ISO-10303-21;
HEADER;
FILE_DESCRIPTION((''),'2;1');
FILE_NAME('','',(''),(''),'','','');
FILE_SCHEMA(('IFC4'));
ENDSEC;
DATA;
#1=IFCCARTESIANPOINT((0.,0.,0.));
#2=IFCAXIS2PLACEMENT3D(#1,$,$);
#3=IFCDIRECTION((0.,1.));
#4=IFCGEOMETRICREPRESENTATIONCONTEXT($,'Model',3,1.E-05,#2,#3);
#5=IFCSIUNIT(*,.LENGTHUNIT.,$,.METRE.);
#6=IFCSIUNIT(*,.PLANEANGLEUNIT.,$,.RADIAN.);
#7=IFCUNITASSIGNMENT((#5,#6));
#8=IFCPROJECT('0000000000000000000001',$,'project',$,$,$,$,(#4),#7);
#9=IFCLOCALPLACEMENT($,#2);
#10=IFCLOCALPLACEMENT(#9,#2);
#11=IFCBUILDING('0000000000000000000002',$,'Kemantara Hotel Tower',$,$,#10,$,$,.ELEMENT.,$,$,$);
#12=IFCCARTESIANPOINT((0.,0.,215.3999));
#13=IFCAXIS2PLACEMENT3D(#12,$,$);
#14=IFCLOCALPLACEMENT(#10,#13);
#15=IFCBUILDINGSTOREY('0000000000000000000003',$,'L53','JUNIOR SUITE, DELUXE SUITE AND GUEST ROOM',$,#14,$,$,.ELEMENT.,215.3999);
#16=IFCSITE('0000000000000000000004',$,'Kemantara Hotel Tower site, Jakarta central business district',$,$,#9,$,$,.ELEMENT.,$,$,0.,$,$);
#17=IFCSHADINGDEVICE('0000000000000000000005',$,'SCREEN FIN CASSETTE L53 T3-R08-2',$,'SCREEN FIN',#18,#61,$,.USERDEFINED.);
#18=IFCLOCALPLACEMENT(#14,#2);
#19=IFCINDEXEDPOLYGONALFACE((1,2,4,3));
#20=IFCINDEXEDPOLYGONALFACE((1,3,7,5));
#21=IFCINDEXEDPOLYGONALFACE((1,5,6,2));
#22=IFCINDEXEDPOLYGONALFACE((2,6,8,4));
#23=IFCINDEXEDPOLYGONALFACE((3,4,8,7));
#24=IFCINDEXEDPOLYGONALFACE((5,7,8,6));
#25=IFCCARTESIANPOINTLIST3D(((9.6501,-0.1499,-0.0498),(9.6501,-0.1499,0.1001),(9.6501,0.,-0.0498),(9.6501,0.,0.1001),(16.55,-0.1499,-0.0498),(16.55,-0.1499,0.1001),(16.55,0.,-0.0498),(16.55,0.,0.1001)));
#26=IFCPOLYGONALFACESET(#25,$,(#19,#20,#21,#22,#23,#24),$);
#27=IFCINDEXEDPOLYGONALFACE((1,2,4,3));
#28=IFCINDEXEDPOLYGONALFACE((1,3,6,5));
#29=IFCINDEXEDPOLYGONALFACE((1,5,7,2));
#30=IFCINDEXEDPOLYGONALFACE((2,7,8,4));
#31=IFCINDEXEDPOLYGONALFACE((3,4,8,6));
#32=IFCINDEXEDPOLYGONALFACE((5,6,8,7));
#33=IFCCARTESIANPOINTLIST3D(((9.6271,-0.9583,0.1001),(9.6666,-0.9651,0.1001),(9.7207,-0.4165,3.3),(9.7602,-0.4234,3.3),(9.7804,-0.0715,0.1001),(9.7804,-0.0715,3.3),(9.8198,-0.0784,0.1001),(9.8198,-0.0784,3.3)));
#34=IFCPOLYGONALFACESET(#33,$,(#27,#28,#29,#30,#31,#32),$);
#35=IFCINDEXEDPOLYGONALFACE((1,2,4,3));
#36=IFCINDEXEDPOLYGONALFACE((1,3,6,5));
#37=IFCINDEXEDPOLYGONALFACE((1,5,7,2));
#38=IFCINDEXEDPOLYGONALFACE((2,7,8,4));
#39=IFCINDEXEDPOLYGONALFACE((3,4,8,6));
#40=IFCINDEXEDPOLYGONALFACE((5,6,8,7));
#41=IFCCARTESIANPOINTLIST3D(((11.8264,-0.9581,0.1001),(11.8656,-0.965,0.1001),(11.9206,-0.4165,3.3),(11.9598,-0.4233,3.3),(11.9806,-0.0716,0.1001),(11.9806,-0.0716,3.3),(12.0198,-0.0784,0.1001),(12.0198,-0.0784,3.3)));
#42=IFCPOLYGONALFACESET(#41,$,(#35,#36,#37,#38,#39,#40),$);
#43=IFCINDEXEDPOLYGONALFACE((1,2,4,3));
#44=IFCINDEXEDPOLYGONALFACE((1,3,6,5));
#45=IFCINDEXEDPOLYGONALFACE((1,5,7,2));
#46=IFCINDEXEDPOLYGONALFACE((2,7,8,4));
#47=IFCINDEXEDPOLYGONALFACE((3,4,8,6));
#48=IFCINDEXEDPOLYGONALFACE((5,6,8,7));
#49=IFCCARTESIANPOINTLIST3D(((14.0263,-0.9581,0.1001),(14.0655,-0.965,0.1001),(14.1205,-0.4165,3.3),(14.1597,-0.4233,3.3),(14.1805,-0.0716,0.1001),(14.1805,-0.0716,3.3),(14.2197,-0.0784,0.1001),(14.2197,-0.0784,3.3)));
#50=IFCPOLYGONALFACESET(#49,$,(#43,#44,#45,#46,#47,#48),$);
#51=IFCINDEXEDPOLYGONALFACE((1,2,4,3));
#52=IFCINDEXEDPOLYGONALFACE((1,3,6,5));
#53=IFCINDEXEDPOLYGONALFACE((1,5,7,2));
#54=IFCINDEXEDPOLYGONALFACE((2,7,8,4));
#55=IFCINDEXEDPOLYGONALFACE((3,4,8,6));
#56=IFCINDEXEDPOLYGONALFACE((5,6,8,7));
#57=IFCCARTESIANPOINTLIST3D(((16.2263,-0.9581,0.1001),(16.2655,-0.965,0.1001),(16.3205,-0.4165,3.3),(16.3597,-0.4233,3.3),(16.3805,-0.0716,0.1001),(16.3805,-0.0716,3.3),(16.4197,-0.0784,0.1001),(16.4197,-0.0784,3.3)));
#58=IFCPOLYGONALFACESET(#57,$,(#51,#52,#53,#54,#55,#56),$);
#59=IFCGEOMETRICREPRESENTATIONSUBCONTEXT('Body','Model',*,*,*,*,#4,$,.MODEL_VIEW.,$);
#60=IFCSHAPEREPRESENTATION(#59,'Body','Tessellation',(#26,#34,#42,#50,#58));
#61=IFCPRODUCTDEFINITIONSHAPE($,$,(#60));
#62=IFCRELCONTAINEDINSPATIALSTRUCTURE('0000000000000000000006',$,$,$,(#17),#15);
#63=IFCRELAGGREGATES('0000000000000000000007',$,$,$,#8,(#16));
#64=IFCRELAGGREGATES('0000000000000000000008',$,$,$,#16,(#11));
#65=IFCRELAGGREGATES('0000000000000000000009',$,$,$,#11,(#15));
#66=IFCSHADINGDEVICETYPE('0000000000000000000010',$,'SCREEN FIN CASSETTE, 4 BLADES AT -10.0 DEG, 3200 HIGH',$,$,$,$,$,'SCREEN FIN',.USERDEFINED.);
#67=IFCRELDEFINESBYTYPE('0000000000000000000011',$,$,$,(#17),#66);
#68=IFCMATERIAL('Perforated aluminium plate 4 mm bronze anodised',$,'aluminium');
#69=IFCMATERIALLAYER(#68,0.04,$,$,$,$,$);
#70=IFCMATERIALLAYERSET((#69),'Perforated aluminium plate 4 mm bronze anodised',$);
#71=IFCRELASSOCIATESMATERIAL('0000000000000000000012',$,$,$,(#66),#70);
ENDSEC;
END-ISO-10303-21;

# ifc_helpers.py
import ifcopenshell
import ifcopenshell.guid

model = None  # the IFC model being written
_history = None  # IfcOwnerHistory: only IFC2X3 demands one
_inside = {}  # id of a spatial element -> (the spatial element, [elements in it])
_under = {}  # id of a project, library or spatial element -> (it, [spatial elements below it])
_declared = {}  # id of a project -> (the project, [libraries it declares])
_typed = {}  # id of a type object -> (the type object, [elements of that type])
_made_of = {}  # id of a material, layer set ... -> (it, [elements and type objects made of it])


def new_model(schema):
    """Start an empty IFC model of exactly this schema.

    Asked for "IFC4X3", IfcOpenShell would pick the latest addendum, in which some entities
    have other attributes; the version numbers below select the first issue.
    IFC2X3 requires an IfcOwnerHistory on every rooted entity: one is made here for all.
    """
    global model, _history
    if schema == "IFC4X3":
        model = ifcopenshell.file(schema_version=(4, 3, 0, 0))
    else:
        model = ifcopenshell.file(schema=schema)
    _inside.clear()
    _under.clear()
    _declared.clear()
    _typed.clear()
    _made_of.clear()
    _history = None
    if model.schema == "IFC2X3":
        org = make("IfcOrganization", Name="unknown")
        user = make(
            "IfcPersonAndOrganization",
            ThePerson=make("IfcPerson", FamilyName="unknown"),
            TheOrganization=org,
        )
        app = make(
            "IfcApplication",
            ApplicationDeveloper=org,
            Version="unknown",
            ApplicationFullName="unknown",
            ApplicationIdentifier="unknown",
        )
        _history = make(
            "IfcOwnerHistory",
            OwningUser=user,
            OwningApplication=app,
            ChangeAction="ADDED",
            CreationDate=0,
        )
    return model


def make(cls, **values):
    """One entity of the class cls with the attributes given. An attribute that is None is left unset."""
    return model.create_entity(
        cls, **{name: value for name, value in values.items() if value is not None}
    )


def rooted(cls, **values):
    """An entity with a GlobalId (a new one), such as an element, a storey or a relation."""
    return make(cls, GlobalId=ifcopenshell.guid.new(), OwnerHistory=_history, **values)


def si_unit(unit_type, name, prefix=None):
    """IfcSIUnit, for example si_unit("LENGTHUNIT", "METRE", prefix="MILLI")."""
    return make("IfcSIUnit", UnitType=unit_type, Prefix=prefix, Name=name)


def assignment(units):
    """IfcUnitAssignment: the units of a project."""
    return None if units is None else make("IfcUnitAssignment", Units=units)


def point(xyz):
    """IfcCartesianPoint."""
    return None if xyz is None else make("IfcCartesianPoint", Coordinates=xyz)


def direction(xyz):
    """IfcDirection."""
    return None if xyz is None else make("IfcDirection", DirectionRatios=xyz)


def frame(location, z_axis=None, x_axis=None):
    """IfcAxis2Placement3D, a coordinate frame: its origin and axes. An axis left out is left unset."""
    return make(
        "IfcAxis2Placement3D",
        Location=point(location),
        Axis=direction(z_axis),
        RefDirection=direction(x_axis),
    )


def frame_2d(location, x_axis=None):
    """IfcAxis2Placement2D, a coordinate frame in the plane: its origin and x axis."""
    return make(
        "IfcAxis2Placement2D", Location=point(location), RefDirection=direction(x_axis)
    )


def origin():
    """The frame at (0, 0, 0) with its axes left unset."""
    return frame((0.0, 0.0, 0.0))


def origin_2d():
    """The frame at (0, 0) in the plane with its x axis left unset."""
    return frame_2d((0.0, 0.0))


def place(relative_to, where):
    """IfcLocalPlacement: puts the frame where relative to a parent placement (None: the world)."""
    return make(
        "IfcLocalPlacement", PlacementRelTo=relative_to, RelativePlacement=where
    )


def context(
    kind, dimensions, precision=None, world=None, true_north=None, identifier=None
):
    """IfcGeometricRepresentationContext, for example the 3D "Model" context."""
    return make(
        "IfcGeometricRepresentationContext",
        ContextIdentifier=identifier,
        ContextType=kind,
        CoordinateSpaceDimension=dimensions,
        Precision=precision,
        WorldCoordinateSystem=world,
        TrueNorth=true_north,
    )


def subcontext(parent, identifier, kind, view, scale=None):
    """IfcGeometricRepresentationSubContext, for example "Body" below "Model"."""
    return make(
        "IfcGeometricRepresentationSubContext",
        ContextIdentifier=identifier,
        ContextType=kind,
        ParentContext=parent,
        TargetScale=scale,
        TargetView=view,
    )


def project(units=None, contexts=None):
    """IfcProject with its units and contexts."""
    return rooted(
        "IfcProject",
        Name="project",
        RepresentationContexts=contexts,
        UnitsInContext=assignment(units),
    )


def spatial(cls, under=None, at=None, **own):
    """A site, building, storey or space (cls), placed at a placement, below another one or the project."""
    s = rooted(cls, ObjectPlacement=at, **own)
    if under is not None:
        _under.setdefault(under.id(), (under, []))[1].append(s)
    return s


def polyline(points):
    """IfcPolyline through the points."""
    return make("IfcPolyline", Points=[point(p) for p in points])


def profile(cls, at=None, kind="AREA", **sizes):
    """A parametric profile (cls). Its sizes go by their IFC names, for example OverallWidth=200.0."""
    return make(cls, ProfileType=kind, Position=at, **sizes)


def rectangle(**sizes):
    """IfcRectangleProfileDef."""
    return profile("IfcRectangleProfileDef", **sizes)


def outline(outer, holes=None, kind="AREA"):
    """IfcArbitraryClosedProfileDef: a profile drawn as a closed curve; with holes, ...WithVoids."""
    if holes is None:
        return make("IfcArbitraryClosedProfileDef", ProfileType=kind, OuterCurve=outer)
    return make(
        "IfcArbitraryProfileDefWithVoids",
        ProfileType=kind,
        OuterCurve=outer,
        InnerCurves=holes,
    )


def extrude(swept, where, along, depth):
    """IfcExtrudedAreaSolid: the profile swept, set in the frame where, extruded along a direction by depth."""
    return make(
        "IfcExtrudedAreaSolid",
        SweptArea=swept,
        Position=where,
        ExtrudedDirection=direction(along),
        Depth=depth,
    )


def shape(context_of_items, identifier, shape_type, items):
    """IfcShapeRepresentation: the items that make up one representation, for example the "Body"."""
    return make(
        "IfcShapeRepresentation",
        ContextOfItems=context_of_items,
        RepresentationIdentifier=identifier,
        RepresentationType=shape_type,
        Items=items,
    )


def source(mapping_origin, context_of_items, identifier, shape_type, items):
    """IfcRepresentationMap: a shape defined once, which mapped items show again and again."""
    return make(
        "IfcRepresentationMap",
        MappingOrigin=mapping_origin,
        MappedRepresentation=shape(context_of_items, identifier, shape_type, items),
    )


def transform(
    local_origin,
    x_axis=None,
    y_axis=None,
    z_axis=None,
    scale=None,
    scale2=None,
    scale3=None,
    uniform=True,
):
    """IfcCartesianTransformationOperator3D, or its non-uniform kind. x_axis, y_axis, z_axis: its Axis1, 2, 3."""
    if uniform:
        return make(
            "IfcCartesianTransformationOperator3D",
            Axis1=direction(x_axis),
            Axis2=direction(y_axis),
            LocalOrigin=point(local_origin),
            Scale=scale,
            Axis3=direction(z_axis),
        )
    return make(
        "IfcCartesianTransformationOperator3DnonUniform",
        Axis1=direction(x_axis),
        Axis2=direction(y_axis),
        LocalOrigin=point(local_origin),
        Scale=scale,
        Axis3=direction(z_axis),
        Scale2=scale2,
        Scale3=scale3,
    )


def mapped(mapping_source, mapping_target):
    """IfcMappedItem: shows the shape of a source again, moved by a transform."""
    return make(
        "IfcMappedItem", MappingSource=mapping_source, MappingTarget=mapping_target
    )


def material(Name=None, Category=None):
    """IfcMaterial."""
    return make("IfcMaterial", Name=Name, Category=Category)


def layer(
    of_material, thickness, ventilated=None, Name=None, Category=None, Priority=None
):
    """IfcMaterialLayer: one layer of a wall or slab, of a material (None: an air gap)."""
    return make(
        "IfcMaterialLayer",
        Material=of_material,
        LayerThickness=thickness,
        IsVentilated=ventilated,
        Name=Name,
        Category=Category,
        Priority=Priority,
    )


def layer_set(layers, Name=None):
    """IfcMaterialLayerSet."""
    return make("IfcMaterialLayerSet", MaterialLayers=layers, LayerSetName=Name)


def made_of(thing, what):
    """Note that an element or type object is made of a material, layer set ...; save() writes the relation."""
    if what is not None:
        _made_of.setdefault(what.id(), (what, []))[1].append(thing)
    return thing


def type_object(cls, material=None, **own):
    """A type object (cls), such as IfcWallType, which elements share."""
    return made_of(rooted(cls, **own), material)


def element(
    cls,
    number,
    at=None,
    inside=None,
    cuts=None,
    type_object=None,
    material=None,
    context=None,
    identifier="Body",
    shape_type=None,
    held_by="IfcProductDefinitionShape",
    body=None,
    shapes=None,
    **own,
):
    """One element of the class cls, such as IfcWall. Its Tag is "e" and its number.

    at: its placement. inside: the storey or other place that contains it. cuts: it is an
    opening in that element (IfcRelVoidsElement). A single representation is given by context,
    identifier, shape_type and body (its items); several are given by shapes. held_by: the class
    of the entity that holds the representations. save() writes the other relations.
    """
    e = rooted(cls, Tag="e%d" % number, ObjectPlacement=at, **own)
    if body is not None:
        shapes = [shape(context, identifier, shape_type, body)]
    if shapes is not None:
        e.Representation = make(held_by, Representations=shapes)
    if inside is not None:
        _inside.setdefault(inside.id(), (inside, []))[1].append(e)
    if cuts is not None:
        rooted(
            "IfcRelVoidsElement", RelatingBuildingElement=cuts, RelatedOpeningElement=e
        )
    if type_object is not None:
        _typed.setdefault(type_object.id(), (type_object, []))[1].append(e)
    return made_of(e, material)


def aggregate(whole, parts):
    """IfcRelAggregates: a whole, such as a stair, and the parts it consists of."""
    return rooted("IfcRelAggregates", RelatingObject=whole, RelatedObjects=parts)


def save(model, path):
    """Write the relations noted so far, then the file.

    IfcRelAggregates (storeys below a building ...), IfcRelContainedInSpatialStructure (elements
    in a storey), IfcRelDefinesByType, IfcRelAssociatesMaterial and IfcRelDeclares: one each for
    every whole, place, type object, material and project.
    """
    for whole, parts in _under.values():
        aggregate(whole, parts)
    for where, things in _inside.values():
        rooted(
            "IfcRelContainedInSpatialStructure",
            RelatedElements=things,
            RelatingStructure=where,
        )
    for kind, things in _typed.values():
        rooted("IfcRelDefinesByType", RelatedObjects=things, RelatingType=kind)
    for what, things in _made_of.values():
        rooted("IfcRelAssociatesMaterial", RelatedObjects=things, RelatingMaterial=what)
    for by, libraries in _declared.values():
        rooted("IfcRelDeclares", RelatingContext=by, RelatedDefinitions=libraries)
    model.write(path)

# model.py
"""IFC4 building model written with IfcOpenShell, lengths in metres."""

from ifc_helpers import new_model, si_unit, direction, frame, origin, origin_2d, place, context, subcontext, project, spatial, polyline, rectangle, outline, extrude, source, transform, mapped, material, layer, layer_set, type_object, element, save


model = new_model("IFC4")

# Units and contexts
model_context = context("Model", 3, precision=1e-05, world=origin(), true_north=direction((0.0, 1.0)))
body_context = subcontext(model_context, "Body", "Model", "MODEL_VIEW")
ifc_project = project(units=[si_unit("LENGTHUNIT", "METRE"), si_unit("PLANEANGLEUNIT", "RADIAN")], contexts=[model_context])

# Site, building, storey
site_placement = place(None, origin())
site = spatial("IfcSite", under=ifc_project, at=site_placement, Name="Kemantara Hotel Tower site, Jakarta central business district", CompositionType="ELEMENT", RefElevation=0.0)
building_placement = place(site_placement, origin())
building = spatial("IfcBuilding", under=site, at=building_placement, Name="Kemantara Hotel Tower", CompositionType="ELEMENT")
storey_placement = place(building_placement, frame((0.0, 0.0, 215.3999)))
storey = spatial("IfcBuildingStorey", under=building, at=storey_placement, Name="L53", Description="JUNIOR SUITE, DELUXE SUITE AND GUEST ROOM", CompositionType="ELEMENT", Elevation=215.3999)

# Shading device
ifc_material_1 = material(Name="Perforated aluminium plate 4 mm bronze anodised", Category="aluminium")
ifc_layer_1 = layer(ifc_material_1, 0.04)
ifc_layer_set_1 = layer_set([ifc_layer_1], Name="Perforated aluminium plate 4 mm bronze anodised")
shading_device_type_1 = type_object("IfcShadingDeviceType", Name="SCREEN FIN CASSETTE, 4 BLADES AT -10.0 DEG, 3200 HIGH", ElementType="SCREEN FIN", PredefinedType="USERDEFINED", material=ifc_layer_set_1)
shared_shape_1 = source(origin(), body_context, "Body", "SweptSolid", [
    extrude(rectangle(XDim=6.8999, YDim=0.1499, at=origin_2d()), frame((3.3, -0.075, -0.1499), z_axis=(0.0, 0.0, 1.0), x_axis=(1.0, 0.0, 0.0)), (0.0, 0.0, 1.0), 0.1499),
    extrude(outline(polyline([(0.0, 0.0), (0.8999, 0.0), (0.3501, 3.2), (0.0, 3.2), (0.0, 0.0)])), frame((0.0198, -0.0784, 0.0), z_axis=(-0.98539, 0.170314, 0.0), x_axis=(-0.170314, -0.98539, 0.0)), (0.0, 0.0, 1.0), 0.04),
    extrude(outline(polyline([(0.0, 0.0), (0.8999, 0.0), (0.3501, 3.2), (0.0, 3.2), (0.0, 0.0)])), frame((2.2197, -0.0784, 0.0), z_axis=(-0.985212, 0.171341, 0.0), x_axis=(-0.171341, -0.985212, 0.0)), (0.0, 0.0, 1.0), 0.0398),
    extrude(outline(polyline([(0.0, 0.0), (0.8999, 0.0), (0.3501, 3.2), (0.0, 3.2), (0.0, 0.0)])), frame((4.4197, -0.0784, 0.0), z_axis=(-0.985212, 0.171341, 0.0), x_axis=(-0.171341, -0.985212, 0.0)), (0.0, 0.0, 1.0), 0.0398),
    extrude(outline(polyline([(0.0, 0.0), (0.8999, 0.0), (0.3501, 3.2), (0.0, 3.2), (0.0, 0.0)])), frame((6.6196, -0.0784, 0.0), z_axis=(-0.985212, 0.171341, 0.0), x_axis=(-0.171341, -0.985212, 0.0)), (0.0, 0.0, 1.0), 0.0398),
])
shading_device_placement = place(storey_placement, frame((9.8, 0.0, 0.1001), z_axis=(0.0, 0.0, 1.0), x_axis=(1.0, 0.0, 0.0)))
element("IfcShadingDevice", 1, at=shading_device_placement, inside=storey, type_object=shading_device_type_1, Name="SCREEN FIN CASSETTE L53 T3-R08-2", ObjectType="SCREEN FIN", PredefinedType="USERDEFINED", context=body_context, shape_type="MappedRepresentation", body=[
    mapped(shared_shape_1, transform((0.0, 0.0, 0.0))),
])

save(model, "model.ifc")
